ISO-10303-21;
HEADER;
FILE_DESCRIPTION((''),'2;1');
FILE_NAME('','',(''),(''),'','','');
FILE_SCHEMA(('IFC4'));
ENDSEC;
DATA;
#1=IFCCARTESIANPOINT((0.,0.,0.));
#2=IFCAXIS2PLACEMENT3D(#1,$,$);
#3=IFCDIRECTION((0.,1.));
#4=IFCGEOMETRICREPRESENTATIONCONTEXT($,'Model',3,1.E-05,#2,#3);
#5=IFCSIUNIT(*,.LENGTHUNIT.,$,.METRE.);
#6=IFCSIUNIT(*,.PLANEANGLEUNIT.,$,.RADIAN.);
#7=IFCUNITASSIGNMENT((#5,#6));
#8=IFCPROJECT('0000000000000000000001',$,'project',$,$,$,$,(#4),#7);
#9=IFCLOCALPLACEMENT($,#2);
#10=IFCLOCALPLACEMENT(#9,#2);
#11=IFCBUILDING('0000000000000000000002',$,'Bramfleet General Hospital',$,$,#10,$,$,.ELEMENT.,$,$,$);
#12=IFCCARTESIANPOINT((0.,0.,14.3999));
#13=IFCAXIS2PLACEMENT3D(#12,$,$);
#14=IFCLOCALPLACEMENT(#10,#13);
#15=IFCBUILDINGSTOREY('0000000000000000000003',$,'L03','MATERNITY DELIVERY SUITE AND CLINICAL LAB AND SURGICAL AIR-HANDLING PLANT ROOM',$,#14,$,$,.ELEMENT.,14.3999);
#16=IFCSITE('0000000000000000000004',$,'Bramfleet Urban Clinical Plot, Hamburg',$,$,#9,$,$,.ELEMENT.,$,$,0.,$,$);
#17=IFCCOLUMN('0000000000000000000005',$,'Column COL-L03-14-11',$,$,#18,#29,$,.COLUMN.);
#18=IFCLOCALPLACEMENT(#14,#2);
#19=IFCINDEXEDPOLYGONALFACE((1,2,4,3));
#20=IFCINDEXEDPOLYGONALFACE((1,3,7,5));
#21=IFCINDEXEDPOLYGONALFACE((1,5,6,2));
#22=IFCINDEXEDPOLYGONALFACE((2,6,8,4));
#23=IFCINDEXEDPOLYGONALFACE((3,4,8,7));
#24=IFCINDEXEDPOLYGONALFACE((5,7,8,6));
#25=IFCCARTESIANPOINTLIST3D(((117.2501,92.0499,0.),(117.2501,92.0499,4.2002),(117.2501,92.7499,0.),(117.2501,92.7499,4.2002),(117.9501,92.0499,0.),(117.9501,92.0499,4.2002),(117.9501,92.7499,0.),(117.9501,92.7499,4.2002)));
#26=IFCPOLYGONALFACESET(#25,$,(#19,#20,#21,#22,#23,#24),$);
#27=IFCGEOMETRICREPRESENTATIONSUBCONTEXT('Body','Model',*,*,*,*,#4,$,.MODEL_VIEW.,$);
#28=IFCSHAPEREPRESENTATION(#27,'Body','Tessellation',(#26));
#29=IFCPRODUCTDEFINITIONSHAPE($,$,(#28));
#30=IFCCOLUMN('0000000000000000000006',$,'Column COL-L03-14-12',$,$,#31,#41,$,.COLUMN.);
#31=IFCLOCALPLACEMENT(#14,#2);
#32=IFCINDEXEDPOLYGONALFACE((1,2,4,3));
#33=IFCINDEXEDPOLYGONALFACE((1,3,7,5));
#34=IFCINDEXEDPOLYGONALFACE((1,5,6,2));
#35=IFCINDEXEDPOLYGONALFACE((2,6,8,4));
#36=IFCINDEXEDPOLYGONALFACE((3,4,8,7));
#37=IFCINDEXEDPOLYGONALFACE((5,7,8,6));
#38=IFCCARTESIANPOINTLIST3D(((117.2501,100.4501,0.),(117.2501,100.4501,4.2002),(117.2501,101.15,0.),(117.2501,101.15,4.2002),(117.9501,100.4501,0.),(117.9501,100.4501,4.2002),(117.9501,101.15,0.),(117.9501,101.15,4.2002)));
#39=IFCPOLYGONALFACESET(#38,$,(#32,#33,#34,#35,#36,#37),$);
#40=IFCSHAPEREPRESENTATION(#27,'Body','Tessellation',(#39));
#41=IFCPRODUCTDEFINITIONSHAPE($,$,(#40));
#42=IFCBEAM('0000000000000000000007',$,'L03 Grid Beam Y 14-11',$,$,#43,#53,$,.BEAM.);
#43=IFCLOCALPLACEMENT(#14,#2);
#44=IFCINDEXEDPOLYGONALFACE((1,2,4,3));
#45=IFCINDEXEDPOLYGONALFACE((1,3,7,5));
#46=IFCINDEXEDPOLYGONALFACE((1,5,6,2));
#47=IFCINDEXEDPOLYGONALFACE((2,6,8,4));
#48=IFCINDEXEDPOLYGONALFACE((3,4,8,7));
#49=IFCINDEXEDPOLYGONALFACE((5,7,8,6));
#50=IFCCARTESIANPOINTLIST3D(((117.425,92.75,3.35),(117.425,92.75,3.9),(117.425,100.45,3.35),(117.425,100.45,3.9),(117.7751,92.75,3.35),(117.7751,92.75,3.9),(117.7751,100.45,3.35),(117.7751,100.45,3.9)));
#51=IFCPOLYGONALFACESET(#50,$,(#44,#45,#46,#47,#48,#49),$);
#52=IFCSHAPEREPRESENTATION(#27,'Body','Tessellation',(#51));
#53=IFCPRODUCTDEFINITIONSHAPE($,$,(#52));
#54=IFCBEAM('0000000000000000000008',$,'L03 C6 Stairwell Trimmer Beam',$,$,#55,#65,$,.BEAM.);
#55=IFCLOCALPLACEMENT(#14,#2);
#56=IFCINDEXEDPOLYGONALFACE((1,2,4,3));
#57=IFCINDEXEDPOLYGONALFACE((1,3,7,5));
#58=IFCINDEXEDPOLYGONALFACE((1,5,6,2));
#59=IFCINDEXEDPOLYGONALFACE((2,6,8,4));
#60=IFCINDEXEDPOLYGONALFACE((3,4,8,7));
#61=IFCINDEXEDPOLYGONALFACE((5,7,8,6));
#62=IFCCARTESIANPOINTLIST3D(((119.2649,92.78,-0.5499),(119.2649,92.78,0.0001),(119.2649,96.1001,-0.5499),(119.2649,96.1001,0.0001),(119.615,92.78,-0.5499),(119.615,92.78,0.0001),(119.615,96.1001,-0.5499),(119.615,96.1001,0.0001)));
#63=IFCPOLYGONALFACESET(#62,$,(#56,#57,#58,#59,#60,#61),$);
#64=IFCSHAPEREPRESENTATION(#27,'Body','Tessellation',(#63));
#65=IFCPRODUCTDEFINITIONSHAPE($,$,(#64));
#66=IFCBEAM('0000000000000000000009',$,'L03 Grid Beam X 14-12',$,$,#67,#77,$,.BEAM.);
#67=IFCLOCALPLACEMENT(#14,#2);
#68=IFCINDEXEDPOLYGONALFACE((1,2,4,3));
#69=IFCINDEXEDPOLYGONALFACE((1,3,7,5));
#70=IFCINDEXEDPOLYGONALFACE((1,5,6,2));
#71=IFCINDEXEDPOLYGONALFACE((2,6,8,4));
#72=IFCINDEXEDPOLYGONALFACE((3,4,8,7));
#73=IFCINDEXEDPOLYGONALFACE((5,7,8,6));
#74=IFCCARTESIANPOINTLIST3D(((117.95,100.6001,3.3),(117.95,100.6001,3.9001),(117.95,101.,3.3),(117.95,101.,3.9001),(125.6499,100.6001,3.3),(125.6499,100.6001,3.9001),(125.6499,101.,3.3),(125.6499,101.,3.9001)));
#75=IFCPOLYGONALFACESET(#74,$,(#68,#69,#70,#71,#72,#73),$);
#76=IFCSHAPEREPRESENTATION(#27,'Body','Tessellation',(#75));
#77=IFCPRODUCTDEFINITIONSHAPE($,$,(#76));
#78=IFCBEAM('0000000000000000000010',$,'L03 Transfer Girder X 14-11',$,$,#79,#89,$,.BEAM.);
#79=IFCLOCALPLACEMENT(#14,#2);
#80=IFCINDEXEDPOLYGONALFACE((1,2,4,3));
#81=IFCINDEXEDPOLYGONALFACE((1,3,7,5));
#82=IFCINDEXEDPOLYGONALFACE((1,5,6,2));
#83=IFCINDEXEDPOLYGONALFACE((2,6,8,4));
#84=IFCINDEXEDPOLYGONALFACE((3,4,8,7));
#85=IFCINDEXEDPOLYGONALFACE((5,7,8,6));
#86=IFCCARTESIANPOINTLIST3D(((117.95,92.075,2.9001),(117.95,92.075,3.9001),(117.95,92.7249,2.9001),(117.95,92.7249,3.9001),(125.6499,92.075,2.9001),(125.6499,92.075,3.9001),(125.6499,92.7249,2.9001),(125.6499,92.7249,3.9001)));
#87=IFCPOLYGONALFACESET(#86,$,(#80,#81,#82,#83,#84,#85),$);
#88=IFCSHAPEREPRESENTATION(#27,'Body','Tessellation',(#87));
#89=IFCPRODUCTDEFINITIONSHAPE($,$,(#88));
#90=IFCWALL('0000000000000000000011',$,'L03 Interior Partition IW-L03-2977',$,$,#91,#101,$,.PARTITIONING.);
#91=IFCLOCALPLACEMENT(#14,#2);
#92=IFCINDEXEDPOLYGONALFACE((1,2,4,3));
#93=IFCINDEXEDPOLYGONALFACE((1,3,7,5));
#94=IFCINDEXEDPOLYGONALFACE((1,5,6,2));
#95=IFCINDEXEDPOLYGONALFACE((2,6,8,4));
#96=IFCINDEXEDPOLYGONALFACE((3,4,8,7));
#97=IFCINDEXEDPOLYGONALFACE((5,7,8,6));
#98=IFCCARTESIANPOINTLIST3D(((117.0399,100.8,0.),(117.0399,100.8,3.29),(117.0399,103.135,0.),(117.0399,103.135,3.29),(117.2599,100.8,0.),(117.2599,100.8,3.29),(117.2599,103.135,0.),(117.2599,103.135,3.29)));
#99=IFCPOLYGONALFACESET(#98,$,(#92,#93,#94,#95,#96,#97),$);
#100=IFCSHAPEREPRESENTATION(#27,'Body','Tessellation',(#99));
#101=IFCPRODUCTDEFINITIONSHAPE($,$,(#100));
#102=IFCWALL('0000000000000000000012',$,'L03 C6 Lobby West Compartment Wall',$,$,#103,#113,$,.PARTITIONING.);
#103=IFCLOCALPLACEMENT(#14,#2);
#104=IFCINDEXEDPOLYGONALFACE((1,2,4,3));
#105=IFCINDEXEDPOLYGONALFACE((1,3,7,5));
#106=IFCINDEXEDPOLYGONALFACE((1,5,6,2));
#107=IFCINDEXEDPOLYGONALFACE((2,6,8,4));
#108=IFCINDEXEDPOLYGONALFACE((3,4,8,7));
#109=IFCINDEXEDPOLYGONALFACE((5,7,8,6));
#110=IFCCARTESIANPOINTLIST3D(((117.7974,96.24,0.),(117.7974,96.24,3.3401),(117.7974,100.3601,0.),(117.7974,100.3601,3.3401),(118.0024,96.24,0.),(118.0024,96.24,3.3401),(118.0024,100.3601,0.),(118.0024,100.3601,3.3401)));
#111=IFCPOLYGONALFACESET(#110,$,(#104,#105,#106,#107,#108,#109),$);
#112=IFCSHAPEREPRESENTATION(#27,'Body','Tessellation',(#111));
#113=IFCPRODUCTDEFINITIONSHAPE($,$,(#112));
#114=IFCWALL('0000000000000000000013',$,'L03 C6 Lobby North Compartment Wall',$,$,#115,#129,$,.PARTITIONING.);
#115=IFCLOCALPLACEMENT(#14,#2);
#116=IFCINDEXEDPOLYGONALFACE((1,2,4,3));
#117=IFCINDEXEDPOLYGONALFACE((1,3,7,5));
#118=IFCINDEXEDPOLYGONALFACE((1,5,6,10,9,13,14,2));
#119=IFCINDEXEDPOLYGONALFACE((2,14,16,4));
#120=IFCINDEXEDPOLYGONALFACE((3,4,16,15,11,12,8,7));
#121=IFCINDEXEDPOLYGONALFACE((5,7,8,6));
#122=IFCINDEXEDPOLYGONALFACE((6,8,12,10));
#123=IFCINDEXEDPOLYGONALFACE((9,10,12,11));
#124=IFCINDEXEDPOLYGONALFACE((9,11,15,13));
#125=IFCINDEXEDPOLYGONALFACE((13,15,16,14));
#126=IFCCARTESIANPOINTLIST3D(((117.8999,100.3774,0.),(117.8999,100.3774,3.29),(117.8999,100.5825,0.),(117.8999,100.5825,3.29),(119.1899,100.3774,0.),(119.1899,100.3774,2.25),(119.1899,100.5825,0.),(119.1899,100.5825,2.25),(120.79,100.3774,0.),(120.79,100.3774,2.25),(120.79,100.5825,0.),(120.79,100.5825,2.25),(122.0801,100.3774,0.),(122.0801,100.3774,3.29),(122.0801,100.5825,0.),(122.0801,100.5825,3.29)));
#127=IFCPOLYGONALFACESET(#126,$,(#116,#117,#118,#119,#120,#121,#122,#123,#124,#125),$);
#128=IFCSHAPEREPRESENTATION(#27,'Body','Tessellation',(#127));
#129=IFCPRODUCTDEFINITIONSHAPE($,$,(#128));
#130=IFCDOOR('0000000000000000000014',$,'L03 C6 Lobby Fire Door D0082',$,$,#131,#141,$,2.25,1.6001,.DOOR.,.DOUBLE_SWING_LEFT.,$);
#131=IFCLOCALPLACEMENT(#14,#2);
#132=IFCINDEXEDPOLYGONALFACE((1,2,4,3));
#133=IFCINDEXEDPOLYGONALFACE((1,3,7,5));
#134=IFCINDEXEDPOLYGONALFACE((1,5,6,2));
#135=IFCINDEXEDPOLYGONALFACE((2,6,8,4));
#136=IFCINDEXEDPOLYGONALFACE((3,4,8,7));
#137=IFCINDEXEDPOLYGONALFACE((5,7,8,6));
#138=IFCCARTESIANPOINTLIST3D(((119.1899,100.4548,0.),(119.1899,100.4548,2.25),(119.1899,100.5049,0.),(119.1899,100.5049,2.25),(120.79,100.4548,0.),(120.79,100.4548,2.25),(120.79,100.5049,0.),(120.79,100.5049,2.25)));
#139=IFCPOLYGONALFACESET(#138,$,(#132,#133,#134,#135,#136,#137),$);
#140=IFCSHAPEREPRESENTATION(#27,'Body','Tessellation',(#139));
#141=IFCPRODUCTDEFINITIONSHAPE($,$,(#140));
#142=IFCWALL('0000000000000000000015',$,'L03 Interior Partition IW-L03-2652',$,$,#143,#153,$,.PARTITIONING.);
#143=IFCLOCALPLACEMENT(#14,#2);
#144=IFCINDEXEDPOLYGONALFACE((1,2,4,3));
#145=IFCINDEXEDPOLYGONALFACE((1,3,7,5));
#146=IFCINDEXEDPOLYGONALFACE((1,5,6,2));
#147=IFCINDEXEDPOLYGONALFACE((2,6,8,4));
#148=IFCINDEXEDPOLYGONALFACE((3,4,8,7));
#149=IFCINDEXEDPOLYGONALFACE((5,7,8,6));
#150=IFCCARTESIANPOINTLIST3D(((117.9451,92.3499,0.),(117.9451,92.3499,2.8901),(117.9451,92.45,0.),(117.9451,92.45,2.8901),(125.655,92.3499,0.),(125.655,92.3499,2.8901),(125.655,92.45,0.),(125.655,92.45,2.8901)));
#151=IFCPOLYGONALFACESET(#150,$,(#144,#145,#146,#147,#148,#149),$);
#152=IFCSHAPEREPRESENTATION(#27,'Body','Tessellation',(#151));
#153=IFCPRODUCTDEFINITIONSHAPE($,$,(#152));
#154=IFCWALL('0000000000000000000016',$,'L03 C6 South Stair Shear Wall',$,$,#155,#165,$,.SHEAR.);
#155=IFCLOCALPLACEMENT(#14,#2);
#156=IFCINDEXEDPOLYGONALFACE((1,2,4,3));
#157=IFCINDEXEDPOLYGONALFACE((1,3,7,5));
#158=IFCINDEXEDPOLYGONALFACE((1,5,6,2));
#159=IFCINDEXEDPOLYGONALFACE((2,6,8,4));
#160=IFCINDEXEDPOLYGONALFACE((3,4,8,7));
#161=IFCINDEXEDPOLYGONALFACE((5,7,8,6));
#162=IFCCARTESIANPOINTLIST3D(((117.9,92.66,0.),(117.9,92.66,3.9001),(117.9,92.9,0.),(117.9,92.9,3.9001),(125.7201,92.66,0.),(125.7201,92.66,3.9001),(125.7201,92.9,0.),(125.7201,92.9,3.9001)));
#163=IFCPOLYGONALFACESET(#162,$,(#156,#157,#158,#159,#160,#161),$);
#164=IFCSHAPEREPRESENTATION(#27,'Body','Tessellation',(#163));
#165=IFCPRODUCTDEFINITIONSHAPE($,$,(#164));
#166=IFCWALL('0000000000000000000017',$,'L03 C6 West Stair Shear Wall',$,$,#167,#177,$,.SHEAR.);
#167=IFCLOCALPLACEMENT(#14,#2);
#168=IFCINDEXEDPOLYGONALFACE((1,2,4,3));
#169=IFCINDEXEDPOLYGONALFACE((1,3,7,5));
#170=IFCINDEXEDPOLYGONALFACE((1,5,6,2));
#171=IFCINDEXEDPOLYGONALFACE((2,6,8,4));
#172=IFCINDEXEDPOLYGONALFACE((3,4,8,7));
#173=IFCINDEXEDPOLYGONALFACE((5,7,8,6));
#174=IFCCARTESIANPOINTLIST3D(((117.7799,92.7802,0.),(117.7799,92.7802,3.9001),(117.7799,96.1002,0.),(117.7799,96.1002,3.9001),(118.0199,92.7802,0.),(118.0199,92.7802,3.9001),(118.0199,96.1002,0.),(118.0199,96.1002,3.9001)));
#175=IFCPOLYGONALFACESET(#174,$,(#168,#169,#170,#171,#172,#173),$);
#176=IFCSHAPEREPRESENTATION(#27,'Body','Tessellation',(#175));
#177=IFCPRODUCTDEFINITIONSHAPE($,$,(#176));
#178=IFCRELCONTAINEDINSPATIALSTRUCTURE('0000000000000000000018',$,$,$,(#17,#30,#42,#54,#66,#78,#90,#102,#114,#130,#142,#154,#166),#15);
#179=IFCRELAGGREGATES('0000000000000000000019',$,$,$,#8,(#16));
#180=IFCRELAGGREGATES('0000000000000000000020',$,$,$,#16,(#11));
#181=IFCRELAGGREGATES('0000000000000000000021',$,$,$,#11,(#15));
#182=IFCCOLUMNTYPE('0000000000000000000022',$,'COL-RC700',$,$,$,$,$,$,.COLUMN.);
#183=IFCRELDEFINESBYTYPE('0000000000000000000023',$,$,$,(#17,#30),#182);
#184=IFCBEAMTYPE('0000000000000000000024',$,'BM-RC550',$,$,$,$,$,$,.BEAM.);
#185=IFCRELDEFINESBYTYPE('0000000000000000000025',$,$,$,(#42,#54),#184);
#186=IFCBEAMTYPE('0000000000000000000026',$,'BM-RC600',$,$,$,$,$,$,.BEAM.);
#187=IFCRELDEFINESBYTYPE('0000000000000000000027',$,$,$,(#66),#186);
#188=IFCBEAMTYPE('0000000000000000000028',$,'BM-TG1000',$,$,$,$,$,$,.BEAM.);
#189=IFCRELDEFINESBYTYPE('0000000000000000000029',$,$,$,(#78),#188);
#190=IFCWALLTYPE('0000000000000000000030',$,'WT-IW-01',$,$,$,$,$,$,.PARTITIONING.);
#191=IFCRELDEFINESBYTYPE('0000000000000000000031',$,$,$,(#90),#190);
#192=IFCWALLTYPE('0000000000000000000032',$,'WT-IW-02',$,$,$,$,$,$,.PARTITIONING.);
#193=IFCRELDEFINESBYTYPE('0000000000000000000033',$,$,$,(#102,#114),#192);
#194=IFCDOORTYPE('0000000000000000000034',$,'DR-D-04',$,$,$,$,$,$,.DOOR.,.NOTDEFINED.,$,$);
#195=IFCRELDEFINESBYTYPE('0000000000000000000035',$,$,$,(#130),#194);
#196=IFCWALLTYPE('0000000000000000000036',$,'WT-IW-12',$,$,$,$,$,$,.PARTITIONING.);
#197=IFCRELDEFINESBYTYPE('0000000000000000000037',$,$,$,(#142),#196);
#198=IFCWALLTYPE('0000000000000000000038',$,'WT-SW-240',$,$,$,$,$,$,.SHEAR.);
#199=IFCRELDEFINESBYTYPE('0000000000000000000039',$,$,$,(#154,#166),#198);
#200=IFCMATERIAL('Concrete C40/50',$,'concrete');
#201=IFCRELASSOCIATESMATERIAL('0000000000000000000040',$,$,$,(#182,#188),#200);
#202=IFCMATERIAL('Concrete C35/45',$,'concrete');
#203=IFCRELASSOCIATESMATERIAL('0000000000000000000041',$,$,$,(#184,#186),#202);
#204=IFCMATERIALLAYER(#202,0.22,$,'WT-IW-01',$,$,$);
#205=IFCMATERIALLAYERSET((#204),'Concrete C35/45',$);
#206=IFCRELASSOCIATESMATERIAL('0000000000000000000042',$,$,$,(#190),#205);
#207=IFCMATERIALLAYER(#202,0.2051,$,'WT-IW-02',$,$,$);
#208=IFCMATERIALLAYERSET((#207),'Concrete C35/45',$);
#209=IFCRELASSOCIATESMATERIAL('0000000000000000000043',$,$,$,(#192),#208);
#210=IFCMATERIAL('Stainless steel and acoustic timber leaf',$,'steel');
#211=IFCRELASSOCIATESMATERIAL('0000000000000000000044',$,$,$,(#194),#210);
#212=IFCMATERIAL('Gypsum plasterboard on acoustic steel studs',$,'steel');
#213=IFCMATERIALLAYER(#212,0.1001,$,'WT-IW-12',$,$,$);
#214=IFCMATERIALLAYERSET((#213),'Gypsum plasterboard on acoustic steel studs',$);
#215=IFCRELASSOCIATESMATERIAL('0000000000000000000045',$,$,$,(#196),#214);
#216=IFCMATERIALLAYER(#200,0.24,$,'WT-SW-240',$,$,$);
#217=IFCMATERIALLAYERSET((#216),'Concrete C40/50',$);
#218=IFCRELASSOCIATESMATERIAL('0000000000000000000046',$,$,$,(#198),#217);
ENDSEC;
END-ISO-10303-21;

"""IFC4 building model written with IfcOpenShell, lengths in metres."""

from ifc_helpers import new_model, si_unit, direction, frame, frame_2d, origin, origin_2d, place, context, subcontext, project, spatial, rectangle, extrude, material, layer, layer_set, material_profile, profile_set, type_object, element, fill, save


model = new_model("IFC4")

# Units and contexts
model_context = context("Model", 3, precision=1e-05, world=origin(), true_north=direction((0.0, 1.0)))
body_context = subcontext(model_context, "Body", "Model", "MODEL_VIEW")
ifc_project = project(units=[si_unit("LENGTHUNIT", "METRE"), si_unit("PLANEANGLEUNIT", "RADIAN")], contexts=[model_context])

# Site, building, storey
site_placement = place(None, origin())
site = spatial("IfcSite", under=ifc_project, at=site_placement, Name="Bramfleet Urban Clinical Plot, Hamburg", CompositionType="ELEMENT", RefElevation=0.0)
building_placement = place(site_placement, origin())
building = spatial("IfcBuilding", under=site, at=building_placement, Name="Bramfleet General Hospital", CompositionType="ELEMENT")
storey_placement = place(building_placement, frame((0.0, 0.0, 14.3999)))
storey = spatial("IfcBuildingStorey", under=building, at=storey_placement, Name="L03", Description="MATERNITY DELIVERY SUITE AND CLINICAL LAB AND SURGICAL AIR-HANDLING PLANT ROOM", CompositionType="ELEMENT", Elevation=14.3999)

# Columns
ifc_material_1 = material(Name="Concrete C40/50", Category="concrete")
ifc_material_profile_1 = material_profile(ifc_material_1, rectangle(XDim=0.7, YDim=0.7, at=origin_2d()), Name="RC COL 700x700")
ifc_profile_set_1 = profile_set([ifc_material_profile_1], Name="Concrete C40/50")
column_type = type_object("IfcColumnType", Name="COL-RC700", PredefinedType="COLUMN", material=ifc_profile_set_1)
for number, where, z_axis, x_axis, name in (
    (1, (117.6001, 92.3999, 0.0), (0.0, 0.0, 1.0), (1.0, 0.0, 0.0), "Column COL-L03-14-11"),
    (2, (117.6001, 100.8, 0.0), (0.0, 0.0, 1.0), (1.0, 0.0, 0.0), "Column COL-L03-14-12"),
):
    element("IfcColumn", number, at=place(storey_placement, frame(where, z_axis=z_axis, x_axis=x_axis)), inside=storey, type_object=column_type, Name=name, PredefinedType="COLUMN", context=body_context, shape_type="SweptSolid", body=[
        extrude(rectangle(XDim=0.7, YDim=0.7, at=origin_2d()), origin(), (0.0, 0.0, 1.0), 4.2002),
    ])

# Beams
ifc_material_2 = material(Name="Concrete C35/45", Category="concrete")
ifc_material_profile_2 = material_profile(ifc_material_2, rectangle(XDim=0.3501, YDim=0.55, at=origin_2d()), Name="RC BM 550x350")
ifc_profile_set_2 = profile_set([ifc_material_profile_2], Name="Concrete C35/45")
beam_type_1 = type_object("IfcBeamType", Name="BM-RC550", PredefinedType="BEAM", material=ifc_profile_set_2)
beam_1_placement = place(storey_placement, frame((117.6001, 92.75, 3.625), z_axis=(0.0, 1.0, 0.0), x_axis=(-1.0, 0.0, 0.0)))
element("IfcBeam", 3, at=beam_1_placement, inside=storey, type_object=beam_type_1, Name="L03 Grid Beam Y 14-11", PredefinedType="BEAM", context=body_context, shape_type="SweptSolid", body=[
    extrude(rectangle(XDim=0.3501, YDim=0.55, at=origin_2d()), origin(), (0.0, 0.0, 1.0), 7.7),
])
beam_2_placement = place(storey_placement, frame((119.4399, 92.78, -0.2749), z_axis=(0.0, 1.0, 0.0), x_axis=(-1.0, 0.0, 0.0)))
element("IfcBeam", 4, at=beam_2_placement, inside=storey, type_object=beam_type_1, Name="L03 C6 Stairwell Trimmer Beam", PredefinedType="BEAM", context=body_context, shape_type="SweptSolid", body=[
    extrude(rectangle(XDim=0.3501, YDim=0.55, at=origin_2d()), origin(), (0.0, 0.0, 1.0), 3.3201),
])
ifc_material_profile_3 = material_profile(ifc_material_2, rectangle(XDim=0.3999, YDim=0.6001, at=origin_2d()), Name="RC BM 600x400")
ifc_profile_set_3 = profile_set([ifc_material_profile_3], Name="Concrete C35/45")
beam_type_2 = type_object("IfcBeamType", Name="BM-RC600", PredefinedType="BEAM", material=ifc_profile_set_3)
beam_3_placement = place(storey_placement, frame((117.95, 100.8, 3.6001), z_axis=(1.0, 0.0, 0.0), x_axis=(0.0, 1.0, 0.0)))
element("IfcBeam", 5, at=beam_3_placement, inside=storey, type_object=beam_type_2, Name="L03 Grid Beam X 14-12", PredefinedType="BEAM", context=body_context, shape_type="SweptSolid", body=[
    extrude(rectangle(XDim=0.3999, YDim=0.6001, at=origin_2d()), origin(), (0.0, 0.0, 1.0), 7.7),
])
ifc_material_profile_4 = material_profile(ifc_material_1, rectangle(XDim=0.6499, YDim=1.0, at=origin_2d()), Name="RC TG 1000x650")
ifc_profile_set_4 = profile_set([ifc_material_profile_4], Name="Concrete C40/50")
beam_type_3 = type_object("IfcBeamType", Name="BM-TG1000", PredefinedType="BEAM", material=ifc_profile_set_4)
beam_4_placement = place(storey_placement, frame((117.95, 92.3999, 3.4001), z_axis=(1.0, 0.0, 0.0), x_axis=(0.0, 1.0, 0.0)))
element("IfcBeam", 6, at=beam_4_placement, inside=storey, type_object=beam_type_3, Name="L03 Transfer Girder X 14-11", PredefinedType="BEAM", context=body_context, shape_type="SweptSolid", body=[
    extrude(rectangle(XDim=0.6499, YDim=1.0, at=origin_2d()), origin(), (0.0, 0.0, 1.0), 7.7),
])

# Walls
ifc_layer_1 = layer(ifc_material_2, 0.22, Name="WT-IW-01")
ifc_layer_set_1 = layer_set([ifc_layer_1], Name="Concrete C35/45")
wall_type_1 = type_object("IfcWallType", Name="WT-IW-01", PredefinedType="PARTITIONING", material=ifc_layer_set_1)
wall_1_placement = place(storey_placement, frame((117.1499, 100.8, 0.0), z_axis=(0.0, 0.0, 1.0), x_axis=(0.0, 1.0, 0.0)))
element("IfcWall", 7, at=wall_1_placement, inside=storey, type_object=wall_type_1, Name="L03 Interior Partition IW-L03-2977", PredefinedType="PARTITIONING", context=body_context, shape_type="SweptSolid", body=[
    extrude(rectangle(XDim=2.335, YDim=0.22, at=frame_2d((1.1675, 0.0))), origin(), (0.0, 0.0, 1.0), 3.29),
])
ifc_layer_2 = layer(ifc_material_2, 0.2051, Name="WT-IW-02")
ifc_layer_set_2 = layer_set([ifc_layer_2], Name="Concrete C35/45")
wall_type_2 = type_object("IfcWallType", Name="WT-IW-02", PredefinedType="PARTITIONING", material=ifc_layer_set_2)
wall_2_placement = place(storey_placement, frame((117.8999, 96.24, 0.0), z_axis=(0.0, 0.0, 1.0), x_axis=(0.0, 1.0, 0.0)))
element("IfcWall", 8, at=wall_2_placement, inside=storey, type_object=wall_type_2, Name="L03 C6 Lobby West Compartment Wall", PredefinedType="PARTITIONING", context=body_context, shape_type="SweptSolid", body=[
    extrude(rectangle(XDim=4.1201, YDim=0.2051, at=frame_2d((2.0601, 0.0))), origin(), (0.0, 0.0, 1.0), 3.3401),
])

# Wall, opening, door
wall_3_placement = place(storey_placement, frame((117.8999, 100.48, 0.0), z_axis=(0.0, 0.0, 1.0), x_axis=(1.0, 0.0, 0.0)))
wall_3 = element("IfcWall", 9, at=wall_3_placement, inside=storey, type_object=wall_type_2, Name="L03 C6 Lobby North Compartment Wall", PredefinedType="PARTITIONING", context=body_context, shape_type="SweptSolid", body=[
    extrude(rectangle(XDim=4.1802, YDim=0.2051, at=frame_2d((2.0901, 0.0))), origin(), (0.0, 0.0, 1.0), 3.29),
])
opening_1_placement = place(wall_3_placement, frame((1.29, 0.0, 0.0)))
opening_1 = element("IfcOpeningElement", 10, at=opening_1_placement, cuts=wall_3, PredefinedType="OPENING", context=body_context, shape_type="SweptSolid", body=[
    extrude(rectangle(XDim=1.6001, YDim=2.25, at=frame_2d((0.8, 1.125))), frame((0.0, 0.1125, 0.0), z_axis=(0.0, -1.0, 0.0), x_axis=(1.0, 0.0, 0.0)), (0.0, 0.0, 1.0), 0.2251),
])
ifc_material_3 = material(Name="Stainless steel and acoustic timber leaf", Category="steel")
door_type_1 = type_object("IfcDoorType", Name="DR-D-04", OperationType="NOTDEFINED", PredefinedType="DOOR", material=ifc_material_3)
door_1_placement = place(opening_1_placement, origin())
door_1 = element("IfcDoor", 11, at=door_1_placement, inside=storey, type_object=door_type_1, Name="L03 C6 Lobby Fire Door D0082", OperationType="DOUBLE_SWING_LEFT", OverallHeight=2.25, OverallWidth=1.6001, PredefinedType="DOOR", context=body_context, shape_type="SweptSolid", body=[
    extrude(rectangle(XDim=1.6001, YDim=2.25, at=frame_2d((0.8, 1.125))), frame((0.0, 0.0249, 0.0), z_axis=(0.0, -1.0, 0.0), x_axis=(1.0, 0.0, 0.0)), (0.0, 0.0, 1.0), 0.05),
])
fill(opening_1, door_1)

# Walls
ifc_material_4 = material(Name="Gypsum plasterboard on acoustic steel studs", Category="steel")
ifc_layer_3 = layer(ifc_material_4, 0.1001, Name="WT-IW-12")
ifc_layer_set_3 = layer_set([ifc_layer_3], Name="Gypsum plasterboard on acoustic steel studs")
wall_type_3 = type_object("IfcWallType", Name="WT-IW-12", PredefinedType="PARTITIONING", material=ifc_layer_set_3)
wall_4_placement = place(storey_placement, frame((117.9451, 92.3999, 0.0), z_axis=(0.0, 0.0, 1.0), x_axis=(1.0, 0.0, 0.0)))
element("IfcWall", 12, at=wall_4_placement, inside=storey, type_object=wall_type_3, Name="L03 Interior Partition IW-L03-2652", PredefinedType="PARTITIONING", context=body_context, shape_type="SweptSolid", body=[
    extrude(rectangle(XDim=7.71, YDim=0.1001, at=frame_2d((3.855, 0.0))), origin(), (0.0, 0.0, 1.0), 2.8901),
])
ifc_layer_4 = layer(ifc_material_1, 0.24, Name="WT-SW-240")
ifc_layer_set_4 = layer_set([ifc_layer_4], Name="Concrete C40/50")
wall_type_4 = type_object("IfcWallType", Name="WT-SW-240", PredefinedType="SHEAR", material=ifc_layer_set_4)
wall_5_placement = place(storey_placement, frame((117.8999, 92.78, 0.0), z_axis=(0.0, 0.0, 1.0), x_axis=(1.0, 0.0, 0.0)))
element("IfcWall", 13, at=wall_5_placement, inside=storey, type_object=wall_type_4, Name="L03 C6 South Stair Shear Wall", PredefinedType="SHEAR", context=body_context, shape_type="SweptSolid", body=[
    extrude(rectangle(XDim=7.8201, YDim=0.24, at=frame_2d((3.9102, 0.0))), origin(), (0.0, 0.0, 1.0), 3.9001),
])
wall_6_placement = place(storey_placement, frame((117.8999, 92.78, 0.0), z_axis=(0.0, 0.0, 1.0), x_axis=(0.0, 1.0, 0.0)))
element("IfcWall", 14, at=wall_6_placement, inside=storey, type_object=wall_type_4, Name="L03 C6 West Stair Shear Wall", PredefinedType="SHEAR", context=body_context, shape_type="SweptSolid", body=[
    extrude(rectangle(XDim=3.3201, YDim=0.24, at=frame_2d((1.6602, 0.0))), origin(), (0.0, 0.0, 1.0), 3.9001),
])

save(model, "model.ifc")
